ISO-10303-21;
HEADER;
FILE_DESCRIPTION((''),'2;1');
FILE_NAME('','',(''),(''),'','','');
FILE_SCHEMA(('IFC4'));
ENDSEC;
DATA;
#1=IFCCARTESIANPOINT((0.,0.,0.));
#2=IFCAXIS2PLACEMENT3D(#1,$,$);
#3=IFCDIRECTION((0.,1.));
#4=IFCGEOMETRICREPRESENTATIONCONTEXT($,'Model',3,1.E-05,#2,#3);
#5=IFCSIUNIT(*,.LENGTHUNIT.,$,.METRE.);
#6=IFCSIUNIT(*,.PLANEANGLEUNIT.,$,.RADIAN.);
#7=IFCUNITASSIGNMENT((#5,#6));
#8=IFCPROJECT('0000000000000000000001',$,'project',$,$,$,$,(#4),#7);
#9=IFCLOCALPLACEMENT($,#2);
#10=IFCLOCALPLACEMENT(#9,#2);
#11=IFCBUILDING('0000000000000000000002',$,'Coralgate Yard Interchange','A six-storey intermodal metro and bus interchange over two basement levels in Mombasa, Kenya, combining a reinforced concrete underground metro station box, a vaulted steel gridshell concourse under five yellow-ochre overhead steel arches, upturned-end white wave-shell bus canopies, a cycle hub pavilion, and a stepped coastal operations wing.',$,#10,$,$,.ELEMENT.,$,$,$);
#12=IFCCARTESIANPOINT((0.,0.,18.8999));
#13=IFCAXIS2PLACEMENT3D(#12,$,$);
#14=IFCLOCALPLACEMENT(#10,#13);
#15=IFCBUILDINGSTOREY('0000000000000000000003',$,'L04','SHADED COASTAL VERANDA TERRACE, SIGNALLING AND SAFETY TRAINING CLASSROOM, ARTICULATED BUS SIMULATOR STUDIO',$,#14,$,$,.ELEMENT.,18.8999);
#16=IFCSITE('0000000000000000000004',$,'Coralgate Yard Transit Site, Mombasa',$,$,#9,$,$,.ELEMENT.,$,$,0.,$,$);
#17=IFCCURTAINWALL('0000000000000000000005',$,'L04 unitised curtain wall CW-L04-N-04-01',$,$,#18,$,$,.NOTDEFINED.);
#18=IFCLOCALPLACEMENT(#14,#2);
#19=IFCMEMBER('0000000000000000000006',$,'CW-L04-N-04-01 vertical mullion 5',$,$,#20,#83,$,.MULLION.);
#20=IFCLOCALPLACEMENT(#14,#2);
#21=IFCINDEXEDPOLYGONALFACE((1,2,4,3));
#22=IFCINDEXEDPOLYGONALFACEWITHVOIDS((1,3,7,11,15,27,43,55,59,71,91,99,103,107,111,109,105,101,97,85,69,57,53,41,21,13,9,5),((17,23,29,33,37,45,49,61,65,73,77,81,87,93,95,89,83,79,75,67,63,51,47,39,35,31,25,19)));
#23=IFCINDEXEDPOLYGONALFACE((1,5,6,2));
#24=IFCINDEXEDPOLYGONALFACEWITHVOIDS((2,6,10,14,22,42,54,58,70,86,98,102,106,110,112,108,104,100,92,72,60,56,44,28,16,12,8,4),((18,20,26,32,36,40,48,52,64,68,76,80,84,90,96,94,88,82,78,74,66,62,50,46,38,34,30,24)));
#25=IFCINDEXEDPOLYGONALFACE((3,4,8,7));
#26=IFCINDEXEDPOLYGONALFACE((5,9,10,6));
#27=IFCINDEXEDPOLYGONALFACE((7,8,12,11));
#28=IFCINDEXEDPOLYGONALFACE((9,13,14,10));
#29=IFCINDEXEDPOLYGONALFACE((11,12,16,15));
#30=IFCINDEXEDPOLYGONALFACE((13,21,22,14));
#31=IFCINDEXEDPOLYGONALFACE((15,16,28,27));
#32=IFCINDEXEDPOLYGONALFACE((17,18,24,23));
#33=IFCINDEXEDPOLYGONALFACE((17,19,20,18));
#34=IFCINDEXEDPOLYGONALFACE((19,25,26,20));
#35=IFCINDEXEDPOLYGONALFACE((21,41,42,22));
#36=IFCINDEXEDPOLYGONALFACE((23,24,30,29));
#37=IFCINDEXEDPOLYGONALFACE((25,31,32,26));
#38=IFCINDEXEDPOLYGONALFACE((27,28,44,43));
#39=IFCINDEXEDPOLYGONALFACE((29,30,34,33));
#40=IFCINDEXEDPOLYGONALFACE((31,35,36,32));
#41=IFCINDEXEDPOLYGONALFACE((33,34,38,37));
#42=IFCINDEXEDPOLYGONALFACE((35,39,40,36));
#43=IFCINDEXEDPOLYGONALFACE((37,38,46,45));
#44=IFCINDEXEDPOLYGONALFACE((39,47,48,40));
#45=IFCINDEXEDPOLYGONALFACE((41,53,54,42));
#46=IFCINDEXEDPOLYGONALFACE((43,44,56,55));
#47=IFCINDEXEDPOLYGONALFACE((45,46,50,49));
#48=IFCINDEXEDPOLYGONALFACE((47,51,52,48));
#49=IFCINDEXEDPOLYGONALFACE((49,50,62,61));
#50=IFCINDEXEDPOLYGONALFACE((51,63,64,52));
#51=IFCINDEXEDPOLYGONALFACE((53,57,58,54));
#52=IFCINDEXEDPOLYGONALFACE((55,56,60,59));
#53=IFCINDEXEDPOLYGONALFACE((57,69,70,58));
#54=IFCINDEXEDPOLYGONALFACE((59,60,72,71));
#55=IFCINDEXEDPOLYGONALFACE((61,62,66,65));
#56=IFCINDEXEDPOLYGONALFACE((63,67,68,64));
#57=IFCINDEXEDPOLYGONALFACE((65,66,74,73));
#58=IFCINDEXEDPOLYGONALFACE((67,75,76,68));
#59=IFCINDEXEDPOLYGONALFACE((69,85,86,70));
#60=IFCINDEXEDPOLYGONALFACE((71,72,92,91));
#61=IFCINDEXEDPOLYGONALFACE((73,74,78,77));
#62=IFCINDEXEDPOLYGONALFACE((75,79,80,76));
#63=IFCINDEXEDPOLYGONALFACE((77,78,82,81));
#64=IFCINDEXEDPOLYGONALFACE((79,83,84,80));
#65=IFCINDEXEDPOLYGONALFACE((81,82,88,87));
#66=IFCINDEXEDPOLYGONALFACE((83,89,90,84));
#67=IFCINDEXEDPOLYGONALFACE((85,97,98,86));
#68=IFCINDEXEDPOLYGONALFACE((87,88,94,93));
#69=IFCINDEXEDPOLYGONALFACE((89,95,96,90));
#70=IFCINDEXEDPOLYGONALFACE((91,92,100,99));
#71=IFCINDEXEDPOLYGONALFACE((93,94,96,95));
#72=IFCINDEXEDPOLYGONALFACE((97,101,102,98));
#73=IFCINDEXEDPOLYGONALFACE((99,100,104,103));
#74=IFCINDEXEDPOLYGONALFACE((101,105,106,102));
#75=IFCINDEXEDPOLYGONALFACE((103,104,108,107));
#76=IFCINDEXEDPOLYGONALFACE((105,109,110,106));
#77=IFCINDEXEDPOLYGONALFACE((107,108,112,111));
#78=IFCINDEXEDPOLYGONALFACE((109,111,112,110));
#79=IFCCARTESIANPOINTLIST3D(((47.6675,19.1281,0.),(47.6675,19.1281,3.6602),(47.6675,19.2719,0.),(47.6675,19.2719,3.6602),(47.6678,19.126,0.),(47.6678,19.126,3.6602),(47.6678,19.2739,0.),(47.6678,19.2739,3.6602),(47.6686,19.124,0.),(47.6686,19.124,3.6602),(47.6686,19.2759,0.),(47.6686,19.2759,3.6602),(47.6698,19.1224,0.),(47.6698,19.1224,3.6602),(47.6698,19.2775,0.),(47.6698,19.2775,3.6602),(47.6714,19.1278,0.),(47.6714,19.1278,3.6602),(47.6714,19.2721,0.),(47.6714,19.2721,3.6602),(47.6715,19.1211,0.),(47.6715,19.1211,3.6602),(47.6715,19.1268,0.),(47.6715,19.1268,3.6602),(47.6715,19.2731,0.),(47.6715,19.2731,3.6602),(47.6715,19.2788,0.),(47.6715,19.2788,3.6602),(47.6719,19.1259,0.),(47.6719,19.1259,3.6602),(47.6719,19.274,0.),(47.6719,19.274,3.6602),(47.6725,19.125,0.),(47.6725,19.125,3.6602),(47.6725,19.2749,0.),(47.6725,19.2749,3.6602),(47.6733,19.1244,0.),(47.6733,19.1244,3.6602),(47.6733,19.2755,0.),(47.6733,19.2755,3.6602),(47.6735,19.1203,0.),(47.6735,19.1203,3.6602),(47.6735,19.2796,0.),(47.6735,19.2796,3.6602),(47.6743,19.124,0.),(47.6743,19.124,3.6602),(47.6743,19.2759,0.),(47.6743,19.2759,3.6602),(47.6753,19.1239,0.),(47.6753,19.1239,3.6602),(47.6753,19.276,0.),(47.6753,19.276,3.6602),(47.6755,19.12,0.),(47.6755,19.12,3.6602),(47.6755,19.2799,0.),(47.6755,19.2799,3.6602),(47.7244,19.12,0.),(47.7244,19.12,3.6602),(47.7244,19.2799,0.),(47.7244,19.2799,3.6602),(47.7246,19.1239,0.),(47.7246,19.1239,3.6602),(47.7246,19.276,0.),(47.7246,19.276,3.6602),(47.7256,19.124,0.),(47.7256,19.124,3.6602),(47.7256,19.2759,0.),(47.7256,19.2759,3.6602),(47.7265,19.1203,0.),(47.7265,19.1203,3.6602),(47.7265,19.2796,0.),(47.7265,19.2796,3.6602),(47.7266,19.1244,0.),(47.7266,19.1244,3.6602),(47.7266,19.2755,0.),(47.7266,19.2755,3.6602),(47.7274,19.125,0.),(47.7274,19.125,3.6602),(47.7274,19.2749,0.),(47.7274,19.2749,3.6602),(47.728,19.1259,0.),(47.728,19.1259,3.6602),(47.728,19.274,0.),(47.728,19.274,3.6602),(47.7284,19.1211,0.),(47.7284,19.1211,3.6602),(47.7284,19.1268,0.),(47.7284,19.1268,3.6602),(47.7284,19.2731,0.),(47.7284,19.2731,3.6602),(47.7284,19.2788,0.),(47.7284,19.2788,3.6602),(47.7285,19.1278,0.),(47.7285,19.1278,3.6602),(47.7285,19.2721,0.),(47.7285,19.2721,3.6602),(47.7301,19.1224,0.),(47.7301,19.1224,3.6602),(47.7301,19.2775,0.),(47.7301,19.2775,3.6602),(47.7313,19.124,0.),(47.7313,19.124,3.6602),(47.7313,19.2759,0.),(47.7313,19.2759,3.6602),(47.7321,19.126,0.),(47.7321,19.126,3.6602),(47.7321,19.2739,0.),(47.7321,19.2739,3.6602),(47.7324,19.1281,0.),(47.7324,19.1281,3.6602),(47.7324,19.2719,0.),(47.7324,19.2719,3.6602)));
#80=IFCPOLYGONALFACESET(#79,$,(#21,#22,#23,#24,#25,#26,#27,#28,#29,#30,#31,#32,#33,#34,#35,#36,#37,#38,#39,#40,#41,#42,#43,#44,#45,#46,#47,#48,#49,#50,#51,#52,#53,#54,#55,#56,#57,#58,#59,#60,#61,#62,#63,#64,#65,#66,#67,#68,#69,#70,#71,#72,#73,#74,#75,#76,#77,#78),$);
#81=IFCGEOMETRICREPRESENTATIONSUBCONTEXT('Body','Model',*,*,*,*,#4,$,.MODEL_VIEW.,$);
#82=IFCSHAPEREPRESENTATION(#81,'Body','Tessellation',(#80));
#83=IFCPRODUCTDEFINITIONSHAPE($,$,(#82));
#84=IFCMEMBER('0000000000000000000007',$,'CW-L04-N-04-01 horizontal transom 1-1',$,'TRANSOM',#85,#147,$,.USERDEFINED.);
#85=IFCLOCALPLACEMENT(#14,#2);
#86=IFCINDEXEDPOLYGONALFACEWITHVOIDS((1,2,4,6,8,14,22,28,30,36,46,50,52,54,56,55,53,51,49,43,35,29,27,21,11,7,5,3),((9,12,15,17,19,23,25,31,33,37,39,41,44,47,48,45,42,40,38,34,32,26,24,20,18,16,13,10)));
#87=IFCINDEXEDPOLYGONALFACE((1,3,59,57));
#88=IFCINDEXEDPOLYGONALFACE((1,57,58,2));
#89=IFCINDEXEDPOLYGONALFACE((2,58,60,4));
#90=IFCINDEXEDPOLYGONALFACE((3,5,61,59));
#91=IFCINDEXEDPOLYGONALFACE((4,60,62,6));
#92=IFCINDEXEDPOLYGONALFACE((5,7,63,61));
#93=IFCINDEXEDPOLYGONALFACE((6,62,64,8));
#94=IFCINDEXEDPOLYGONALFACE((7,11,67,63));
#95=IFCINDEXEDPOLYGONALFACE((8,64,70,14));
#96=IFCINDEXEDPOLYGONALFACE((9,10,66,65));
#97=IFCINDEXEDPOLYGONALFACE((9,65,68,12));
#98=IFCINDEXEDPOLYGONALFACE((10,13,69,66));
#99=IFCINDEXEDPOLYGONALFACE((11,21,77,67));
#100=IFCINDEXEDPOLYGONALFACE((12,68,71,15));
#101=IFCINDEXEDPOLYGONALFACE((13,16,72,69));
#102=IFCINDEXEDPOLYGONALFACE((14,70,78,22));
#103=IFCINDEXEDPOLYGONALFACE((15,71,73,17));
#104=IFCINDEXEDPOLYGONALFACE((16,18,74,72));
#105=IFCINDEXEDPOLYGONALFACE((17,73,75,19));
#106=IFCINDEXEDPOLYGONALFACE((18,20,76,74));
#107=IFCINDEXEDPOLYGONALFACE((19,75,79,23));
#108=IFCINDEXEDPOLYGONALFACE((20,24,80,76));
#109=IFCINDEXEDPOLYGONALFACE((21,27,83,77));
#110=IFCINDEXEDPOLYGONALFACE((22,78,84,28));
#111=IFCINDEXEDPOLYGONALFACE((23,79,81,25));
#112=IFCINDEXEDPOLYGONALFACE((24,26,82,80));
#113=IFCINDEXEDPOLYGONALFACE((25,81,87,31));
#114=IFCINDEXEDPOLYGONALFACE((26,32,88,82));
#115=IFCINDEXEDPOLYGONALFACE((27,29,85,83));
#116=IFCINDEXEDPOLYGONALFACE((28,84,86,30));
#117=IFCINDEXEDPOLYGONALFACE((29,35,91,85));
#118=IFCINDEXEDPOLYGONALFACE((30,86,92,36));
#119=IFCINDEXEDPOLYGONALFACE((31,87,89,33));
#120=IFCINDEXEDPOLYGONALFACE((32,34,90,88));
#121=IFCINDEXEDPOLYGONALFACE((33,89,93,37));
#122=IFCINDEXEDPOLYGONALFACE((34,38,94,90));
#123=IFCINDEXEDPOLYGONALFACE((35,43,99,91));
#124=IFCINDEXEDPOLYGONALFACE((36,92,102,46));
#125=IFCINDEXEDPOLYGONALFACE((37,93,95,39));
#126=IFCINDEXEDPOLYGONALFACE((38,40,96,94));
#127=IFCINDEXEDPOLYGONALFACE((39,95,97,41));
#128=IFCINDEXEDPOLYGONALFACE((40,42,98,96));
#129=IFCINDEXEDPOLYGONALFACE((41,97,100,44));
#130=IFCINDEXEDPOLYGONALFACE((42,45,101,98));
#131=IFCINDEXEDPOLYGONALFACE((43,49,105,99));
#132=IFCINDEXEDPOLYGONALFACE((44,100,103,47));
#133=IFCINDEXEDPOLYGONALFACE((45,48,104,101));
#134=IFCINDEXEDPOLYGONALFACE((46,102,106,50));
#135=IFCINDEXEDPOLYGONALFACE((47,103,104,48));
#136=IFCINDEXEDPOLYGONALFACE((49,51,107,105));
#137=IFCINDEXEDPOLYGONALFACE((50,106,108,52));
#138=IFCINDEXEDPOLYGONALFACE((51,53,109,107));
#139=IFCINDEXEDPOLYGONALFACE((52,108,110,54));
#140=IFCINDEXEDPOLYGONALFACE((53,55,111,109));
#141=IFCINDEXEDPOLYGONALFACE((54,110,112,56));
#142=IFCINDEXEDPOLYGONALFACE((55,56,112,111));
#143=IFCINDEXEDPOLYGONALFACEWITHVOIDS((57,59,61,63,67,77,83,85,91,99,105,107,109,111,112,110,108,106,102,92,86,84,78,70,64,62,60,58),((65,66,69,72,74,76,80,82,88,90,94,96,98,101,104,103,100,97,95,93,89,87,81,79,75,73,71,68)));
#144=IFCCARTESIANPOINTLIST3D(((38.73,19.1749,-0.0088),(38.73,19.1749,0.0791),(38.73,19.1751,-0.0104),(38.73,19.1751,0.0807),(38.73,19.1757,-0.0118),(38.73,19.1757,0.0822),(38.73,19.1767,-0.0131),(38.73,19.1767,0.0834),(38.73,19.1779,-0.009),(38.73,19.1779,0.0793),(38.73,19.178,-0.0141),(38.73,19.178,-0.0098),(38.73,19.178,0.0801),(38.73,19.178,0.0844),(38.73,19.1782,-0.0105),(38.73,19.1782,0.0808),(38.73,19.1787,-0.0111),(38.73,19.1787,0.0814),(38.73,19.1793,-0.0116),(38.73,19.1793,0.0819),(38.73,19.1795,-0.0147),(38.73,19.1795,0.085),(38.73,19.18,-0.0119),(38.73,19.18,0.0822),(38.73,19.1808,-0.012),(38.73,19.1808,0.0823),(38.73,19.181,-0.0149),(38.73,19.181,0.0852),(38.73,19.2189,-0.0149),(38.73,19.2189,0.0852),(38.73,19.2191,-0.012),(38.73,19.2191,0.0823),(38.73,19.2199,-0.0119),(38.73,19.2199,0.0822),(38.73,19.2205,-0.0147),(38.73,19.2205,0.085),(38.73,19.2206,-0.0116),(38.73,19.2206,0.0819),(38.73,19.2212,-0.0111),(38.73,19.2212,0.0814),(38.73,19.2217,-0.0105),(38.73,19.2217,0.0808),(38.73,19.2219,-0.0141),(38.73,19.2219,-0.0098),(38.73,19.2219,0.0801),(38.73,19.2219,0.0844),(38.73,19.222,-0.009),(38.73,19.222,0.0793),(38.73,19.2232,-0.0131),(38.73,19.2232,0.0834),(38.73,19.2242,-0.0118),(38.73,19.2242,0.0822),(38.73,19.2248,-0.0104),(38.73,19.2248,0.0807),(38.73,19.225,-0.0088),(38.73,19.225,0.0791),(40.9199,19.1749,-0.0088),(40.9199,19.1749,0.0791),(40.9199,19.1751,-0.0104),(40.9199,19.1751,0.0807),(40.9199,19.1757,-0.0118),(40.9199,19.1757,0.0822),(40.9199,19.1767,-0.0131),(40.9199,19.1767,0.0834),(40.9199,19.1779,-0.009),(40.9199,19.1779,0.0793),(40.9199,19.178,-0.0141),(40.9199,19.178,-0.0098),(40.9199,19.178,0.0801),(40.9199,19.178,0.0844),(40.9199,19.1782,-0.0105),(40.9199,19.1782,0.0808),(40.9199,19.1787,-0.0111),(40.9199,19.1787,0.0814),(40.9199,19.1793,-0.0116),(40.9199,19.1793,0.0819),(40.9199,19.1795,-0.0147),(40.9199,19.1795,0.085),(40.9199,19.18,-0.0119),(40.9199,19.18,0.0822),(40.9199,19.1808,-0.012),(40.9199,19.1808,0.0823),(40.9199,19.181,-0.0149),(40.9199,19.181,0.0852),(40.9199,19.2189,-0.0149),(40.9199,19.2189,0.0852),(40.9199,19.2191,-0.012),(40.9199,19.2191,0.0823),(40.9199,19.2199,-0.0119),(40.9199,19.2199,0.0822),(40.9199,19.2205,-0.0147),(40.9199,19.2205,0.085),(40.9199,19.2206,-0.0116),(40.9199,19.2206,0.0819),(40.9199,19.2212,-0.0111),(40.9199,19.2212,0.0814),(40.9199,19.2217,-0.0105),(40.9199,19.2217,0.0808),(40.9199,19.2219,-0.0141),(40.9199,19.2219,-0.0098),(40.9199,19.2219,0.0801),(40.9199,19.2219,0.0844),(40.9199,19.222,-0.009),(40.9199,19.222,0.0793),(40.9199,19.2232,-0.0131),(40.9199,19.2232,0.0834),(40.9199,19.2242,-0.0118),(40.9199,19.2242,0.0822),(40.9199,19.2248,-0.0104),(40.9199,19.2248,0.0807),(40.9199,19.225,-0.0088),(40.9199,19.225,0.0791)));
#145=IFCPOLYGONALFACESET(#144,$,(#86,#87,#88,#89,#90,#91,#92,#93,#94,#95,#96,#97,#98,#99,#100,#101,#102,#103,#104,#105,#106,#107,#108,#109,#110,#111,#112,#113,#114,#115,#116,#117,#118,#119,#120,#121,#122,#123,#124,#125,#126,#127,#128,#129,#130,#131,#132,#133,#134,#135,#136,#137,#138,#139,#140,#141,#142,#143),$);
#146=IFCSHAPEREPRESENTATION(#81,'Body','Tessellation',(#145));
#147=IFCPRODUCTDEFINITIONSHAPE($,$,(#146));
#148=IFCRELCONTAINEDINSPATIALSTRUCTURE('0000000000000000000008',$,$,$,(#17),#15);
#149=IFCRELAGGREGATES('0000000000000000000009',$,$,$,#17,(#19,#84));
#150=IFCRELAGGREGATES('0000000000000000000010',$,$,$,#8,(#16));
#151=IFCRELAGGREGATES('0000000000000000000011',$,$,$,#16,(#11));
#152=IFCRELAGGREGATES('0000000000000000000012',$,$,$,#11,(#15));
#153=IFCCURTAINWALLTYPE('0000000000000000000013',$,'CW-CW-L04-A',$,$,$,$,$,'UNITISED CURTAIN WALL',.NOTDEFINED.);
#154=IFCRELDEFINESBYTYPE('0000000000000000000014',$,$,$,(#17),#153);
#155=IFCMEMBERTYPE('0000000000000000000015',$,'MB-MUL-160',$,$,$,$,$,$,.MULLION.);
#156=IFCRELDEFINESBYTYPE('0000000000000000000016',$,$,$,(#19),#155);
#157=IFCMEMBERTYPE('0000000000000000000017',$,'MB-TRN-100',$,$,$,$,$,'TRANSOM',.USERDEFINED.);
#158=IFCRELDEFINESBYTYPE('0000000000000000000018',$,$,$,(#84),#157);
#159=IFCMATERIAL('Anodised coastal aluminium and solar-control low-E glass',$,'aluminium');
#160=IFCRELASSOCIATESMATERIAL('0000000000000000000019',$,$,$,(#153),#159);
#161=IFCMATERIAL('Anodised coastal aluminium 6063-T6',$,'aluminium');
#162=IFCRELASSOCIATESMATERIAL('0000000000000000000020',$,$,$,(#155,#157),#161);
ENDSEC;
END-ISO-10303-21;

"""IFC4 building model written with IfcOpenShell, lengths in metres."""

from ifc_helpers import new_model, si_unit, direction, frame, origin, origin_2d, place, context, subcontext, project, spatial, hollow_rectangle, extrude, material, material_profile, profile_set, type_object, element, aggregate, save


model = new_model("IFC4")

# Units and contexts
model_context = context("Model", 3, precision=1e-05, world=origin(), true_north=direction((0.0, 1.0)))
body_context = subcontext(model_context, "Body", "Model", "MODEL_VIEW")
ifc_project = project(units=[si_unit("LENGTHUNIT", "METRE"), si_unit("PLANEANGLEUNIT", "RADIAN")], contexts=[model_context])

# Site, building, storey
site_placement = place(None, origin())
site = spatial("IfcSite", under=ifc_project, at=site_placement, Name="Coralgate Yard Transit Site, Mombasa", CompositionType="ELEMENT", RefElevation=0.0)
building_placement = place(site_placement, origin())
building = spatial("IfcBuilding", under=site, at=building_placement, Name="Coralgate Yard Interchange", Description="A six-storey intermodal metro and bus interchange over two basement levels in Mombasa, Kenya, combining a reinforced concrete underground metro station box, a vaulted steel gridshell concourse under five yellow-ochre overhead steel arches, upturned-end white wave-shell bus canopies, a cycle hub pavilion, and a stepped coastal operations wing.", CompositionType="ELEMENT")
storey_placement = place(building_placement, frame((0.0, 0.0, 18.8999)))
storey = spatial("IfcBuildingStorey", under=building, at=storey_placement, Name="L04", Description="SHADED COASTAL VERANDA TERRACE, SIGNALLING AND SAFETY TRAINING CLASSROOM, ARTICULATED BUS SIMULATOR STUDIO", CompositionType="ELEMENT", Elevation=18.8999)

# Curtain wall, members
ifc_material_1 = material(Name="Anodised coastal aluminium and solar-control low-E glass", Category="aluminium")
curtain_wall_type = type_object("IfcCurtainWallType", Name="CW-CW-L04-A", ElementType="UNITISED CURTAIN WALL", PredefinedType="NOTDEFINED", material=ifc_material_1)
curtain_wall_placement = place(storey_placement, origin())
curtain_wall = element("IfcCurtainWall", 1, at=curtain_wall_placement, inside=storey, type_object=curtain_wall_type, Name="L04 unitised curtain wall CW-L04-N-04-01", PredefinedType="NOTDEFINED")
ifc_material_2 = material(Name="Anodised coastal aluminium 6063-T6", Category="aluminium")
ifc_material_profile_1 = material_profile(ifc_material_2, hollow_rectangle(XDim=0.0649, YDim=0.1599, WallThickness=0.0039, InnerFilletRadius=0.0039, OuterFilletRadius=0.0081, at=origin_2d()), Name="ALU 65x160x4")
ifc_profile_set_1 = profile_set([ifc_material_profile_1], Name="Anodised coastal aluminium 6063-T6")
member_type_1 = type_object("IfcMemberType", Name="MB-MUL-160", PredefinedType="MULLION", material=ifc_profile_set_1)
member_1_placement = place(storey_placement, frame((47.7, 19.2, 0.0), z_axis=(0.0, 0.0, 1.0), x_axis=(1.0, 0.0, 0.0)))
member_1 = element("IfcMember", 2, at=member_1_placement, type_object=member_type_1, Name="CW-L04-N-04-01 vertical mullion 5", PredefinedType="MULLION", context=body_context, shape_type="SweptSolid", body=[
    extrude(hollow_rectangle(XDim=0.0649, YDim=0.1599, WallThickness=0.0039, InnerFilletRadius=0.0039, OuterFilletRadius=0.0081, at=origin_2d()), origin(), (0.0, 0.0, 1.0), 3.6602),
])
ifc_material_profile_2 = material_profile(ifc_material_2, hollow_rectangle(XDim=0.05, YDim=0.1001, WallThickness=0.0029, InnerFilletRadius=0.0029, OuterFilletRadius=0.0061, at=origin_2d()), Name="ALU 50x100x3")
ifc_profile_set_2 = profile_set([ifc_material_profile_2], Name="Anodised coastal aluminium 6063-T6")
member_type_2 = type_object("IfcMemberType", Name="MB-TRN-100", ElementType="TRANSOM", PredefinedType="USERDEFINED", material=ifc_profile_set_2)
member_2_placement = place(storey_placement, frame((38.73, 19.2, 0.0352), z_axis=(1.0, 0.0, 0.0), x_axis=(0.0, 1.0, 0.0)))
member_2 = element("IfcMember", 3, at=member_2_placement, type_object=member_type_2, Name="CW-L04-N-04-01 horizontal transom 1-1", ObjectType="TRANSOM", PredefinedType="USERDEFINED", context=body_context, shape_type="SweptSolid", body=[
    extrude(hollow_rectangle(XDim=0.05, YDim=0.1001, WallThickness=0.0029, InnerFilletRadius=0.0029, OuterFilletRadius=0.0061, at=origin_2d()), origin(), (0.0, 0.0, 1.0), 2.1899),
])
aggregate(curtain_wall, [member_1, member_2])

save(model, "model.ifc")
